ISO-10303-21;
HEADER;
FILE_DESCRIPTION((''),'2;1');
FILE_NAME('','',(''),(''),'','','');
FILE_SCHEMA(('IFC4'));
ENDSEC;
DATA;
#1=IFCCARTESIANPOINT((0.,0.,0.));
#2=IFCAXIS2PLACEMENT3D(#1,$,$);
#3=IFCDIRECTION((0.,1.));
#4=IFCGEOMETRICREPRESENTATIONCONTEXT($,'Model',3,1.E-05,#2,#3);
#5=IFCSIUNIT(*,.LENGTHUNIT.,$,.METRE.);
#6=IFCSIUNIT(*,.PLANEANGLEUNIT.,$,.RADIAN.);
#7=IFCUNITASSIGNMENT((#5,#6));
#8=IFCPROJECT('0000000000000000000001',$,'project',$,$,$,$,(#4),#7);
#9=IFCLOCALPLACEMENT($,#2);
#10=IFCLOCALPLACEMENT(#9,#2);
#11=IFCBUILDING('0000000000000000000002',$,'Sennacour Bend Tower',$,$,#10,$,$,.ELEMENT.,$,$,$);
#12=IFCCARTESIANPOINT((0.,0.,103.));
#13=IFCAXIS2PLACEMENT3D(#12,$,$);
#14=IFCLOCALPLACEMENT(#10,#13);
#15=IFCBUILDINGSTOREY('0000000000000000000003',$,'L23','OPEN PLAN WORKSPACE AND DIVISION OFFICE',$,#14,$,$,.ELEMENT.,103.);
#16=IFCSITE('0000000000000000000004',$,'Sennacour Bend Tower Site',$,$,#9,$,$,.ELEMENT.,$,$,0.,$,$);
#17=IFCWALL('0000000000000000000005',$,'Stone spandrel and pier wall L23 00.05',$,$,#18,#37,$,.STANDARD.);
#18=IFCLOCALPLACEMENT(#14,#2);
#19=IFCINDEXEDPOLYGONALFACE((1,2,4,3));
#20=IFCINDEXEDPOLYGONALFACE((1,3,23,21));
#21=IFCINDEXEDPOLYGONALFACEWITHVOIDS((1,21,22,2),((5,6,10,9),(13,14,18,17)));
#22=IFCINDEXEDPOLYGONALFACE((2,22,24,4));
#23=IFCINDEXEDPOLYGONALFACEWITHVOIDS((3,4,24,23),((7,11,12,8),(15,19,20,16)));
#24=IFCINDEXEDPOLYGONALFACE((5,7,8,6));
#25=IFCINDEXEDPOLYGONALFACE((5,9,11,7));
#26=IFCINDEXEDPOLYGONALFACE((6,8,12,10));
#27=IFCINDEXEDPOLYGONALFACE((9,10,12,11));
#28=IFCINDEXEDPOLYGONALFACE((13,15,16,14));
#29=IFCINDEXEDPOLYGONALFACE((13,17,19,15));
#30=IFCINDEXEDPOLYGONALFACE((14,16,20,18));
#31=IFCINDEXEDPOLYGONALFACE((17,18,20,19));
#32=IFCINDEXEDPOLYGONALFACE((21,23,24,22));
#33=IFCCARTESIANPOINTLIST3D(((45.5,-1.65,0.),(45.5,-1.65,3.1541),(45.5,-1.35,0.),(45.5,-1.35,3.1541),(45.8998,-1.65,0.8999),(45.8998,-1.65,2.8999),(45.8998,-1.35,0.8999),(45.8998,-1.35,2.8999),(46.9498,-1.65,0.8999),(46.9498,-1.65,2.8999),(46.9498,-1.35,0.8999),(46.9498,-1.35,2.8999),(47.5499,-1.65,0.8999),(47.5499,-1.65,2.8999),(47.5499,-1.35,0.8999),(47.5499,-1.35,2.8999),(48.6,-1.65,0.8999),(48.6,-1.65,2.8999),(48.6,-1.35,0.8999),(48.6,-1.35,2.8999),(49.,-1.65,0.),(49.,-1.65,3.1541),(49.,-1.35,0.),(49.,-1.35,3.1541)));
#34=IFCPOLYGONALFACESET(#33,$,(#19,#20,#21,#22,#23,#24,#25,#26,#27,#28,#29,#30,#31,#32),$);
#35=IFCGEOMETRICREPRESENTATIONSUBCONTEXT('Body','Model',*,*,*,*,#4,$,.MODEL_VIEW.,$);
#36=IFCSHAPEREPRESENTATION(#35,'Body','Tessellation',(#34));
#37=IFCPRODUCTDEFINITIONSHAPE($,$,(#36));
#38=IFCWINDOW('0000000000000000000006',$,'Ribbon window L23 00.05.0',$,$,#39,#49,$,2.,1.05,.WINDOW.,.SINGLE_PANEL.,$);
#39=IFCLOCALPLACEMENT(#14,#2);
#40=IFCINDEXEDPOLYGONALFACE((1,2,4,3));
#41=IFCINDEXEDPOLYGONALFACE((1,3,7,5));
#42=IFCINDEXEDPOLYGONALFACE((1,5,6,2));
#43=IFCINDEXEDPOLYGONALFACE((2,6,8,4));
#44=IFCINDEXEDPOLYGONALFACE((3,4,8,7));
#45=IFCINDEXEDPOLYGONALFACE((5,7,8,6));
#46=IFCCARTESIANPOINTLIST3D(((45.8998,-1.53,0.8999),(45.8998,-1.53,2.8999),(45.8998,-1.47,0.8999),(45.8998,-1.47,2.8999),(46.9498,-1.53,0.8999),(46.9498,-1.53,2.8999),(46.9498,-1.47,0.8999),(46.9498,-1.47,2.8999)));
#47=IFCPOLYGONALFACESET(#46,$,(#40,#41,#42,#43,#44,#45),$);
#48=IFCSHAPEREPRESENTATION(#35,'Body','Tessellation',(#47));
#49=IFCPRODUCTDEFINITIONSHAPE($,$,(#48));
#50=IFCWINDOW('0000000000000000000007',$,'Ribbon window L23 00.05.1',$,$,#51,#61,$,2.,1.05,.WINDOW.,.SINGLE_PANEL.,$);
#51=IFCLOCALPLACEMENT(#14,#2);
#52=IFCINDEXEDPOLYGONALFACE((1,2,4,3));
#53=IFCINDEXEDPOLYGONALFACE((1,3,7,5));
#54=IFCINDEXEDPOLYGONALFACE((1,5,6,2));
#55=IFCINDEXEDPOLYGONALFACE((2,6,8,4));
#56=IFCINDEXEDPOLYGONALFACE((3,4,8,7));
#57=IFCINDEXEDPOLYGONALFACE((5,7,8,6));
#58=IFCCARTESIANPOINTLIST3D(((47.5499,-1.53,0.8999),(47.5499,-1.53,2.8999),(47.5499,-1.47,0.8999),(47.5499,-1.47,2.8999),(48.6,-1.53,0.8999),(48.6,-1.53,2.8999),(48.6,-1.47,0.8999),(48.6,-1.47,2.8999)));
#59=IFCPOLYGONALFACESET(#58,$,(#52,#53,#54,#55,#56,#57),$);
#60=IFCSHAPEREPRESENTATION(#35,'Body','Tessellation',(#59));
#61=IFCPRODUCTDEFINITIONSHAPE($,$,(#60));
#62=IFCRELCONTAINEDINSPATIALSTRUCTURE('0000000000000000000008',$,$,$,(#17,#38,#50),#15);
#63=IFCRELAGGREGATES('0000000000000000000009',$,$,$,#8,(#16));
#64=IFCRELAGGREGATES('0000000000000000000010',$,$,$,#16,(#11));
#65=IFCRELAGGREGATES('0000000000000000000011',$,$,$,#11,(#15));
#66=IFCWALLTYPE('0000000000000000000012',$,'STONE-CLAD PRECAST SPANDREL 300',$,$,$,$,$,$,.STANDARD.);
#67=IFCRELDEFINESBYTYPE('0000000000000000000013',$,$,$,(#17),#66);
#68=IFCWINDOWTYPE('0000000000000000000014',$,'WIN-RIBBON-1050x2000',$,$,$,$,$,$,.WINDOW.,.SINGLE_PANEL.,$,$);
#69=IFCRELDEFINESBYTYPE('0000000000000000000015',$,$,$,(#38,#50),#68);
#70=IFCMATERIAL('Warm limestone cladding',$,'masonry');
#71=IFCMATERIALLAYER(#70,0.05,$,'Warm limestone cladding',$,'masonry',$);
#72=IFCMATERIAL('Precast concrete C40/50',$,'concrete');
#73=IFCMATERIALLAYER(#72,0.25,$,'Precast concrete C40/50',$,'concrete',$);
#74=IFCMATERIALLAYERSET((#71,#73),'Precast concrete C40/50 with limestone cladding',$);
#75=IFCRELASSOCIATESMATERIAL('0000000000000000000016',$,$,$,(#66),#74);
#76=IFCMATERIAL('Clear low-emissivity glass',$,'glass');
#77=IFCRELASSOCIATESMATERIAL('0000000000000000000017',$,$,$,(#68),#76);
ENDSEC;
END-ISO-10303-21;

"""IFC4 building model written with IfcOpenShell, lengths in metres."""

from ifc_helpers import new_model, si_unit, direction, frame, frame_2d, origin, place, context, subcontext, project, spatial, rectangle, extrude, material, layer, layer_set, type_object, element, fill, save


model = new_model("IFC4")

# Units and contexts
model_context = context("Model", 3, precision=1e-05, world=origin(), true_north=direction((0.0, 1.0)))
body_context = subcontext(model_context, "Body", "Model", "MODEL_VIEW")
ifc_project = project(units=[si_unit("LENGTHUNIT", "METRE"), si_unit("PLANEANGLEUNIT", "RADIAN")], contexts=[model_context])

# Site, building, storey
site_placement = place(None, origin())
site = spatial("IfcSite", under=ifc_project, at=site_placement, Name="Sennacour Bend Tower Site", CompositionType="ELEMENT", RefElevation=0.0)
building_placement = place(site_placement, origin())
building = spatial("IfcBuilding", under=site, at=building_placement, Name="Sennacour Bend Tower", CompositionType="ELEMENT")
storey_placement = place(building_placement, frame((0.0, 0.0, 103.0)))
storey = spatial("IfcBuildingStorey", under=building, at=storey_placement, Name="L23", Description="OPEN PLAN WORKSPACE AND DIVISION OFFICE", CompositionType="ELEMENT", Elevation=103.0)

# Wall, openings, windows
ifc_material_1 = material(Name="Warm limestone cladding", Category="masonry")
ifc_layer_1 = layer(ifc_material_1, 0.05, Name="Warm limestone cladding", Category="masonry")
ifc_material_2 = material(Name="Precast concrete C40/50", Category="concrete")
ifc_layer_2 = layer(ifc_material_2, 0.25, Name="Precast concrete C40/50", Category="concrete")
ifc_layer_set_1 = layer_set([ifc_layer_1, ifc_layer_2], Name="Precast concrete C40/50 with limestone cladding")
wall_type_1 = type_object("IfcWallType", Name="STONE-CLAD PRECAST SPANDREL 300", PredefinedType="STANDARD", material=ifc_layer_set_1)
wall_1_placement = place(storey_placement, frame((45.5, -1.5, 0.0), z_axis=(0.0, 0.0, 1.0), x_axis=(1.0, 0.0, 0.0)))
wall_1 = element("IfcWall", 1, at=wall_1_placement, inside=storey, type_object=wall_type_1, Name="Stone spandrel and pier wall L23 00.05", PredefinedType="STANDARD", context=body_context, shape_type="SweptSolid", body=[
    extrude(rectangle(XDim=3.5, YDim=0.3, at=frame_2d((1.75, 0.0))), origin(), (0.0, 0.0, 1.0), 3.1541),
])
opening_1_placement = place(wall_1_placement, frame((0.3999, 0.0, 0.8999)))
opening_1 = element("IfcOpeningElement", 2, at=opening_1_placement, cuts=wall_1, PredefinedType="OPENING", context=body_context, shape_type="SweptSolid", body=[
    extrude(rectangle(XDim=1.05, YDim=2.0, at=frame_2d((0.5249, 1.0))), frame((0.0, 0.1602, 0.0), z_axis=(0.0, -1.0, 0.0), x_axis=(1.0, 0.0, 0.0)), (0.0, 0.0, 1.0), 0.3201),
])
opening_2_placement = place(wall_1_placement, frame((2.05, 0.0, 0.8999)))
opening_2 = element("IfcOpeningElement", 3, at=opening_2_placement, cuts=wall_1, PredefinedType="OPENING", context=body_context, shape_type="SweptSolid", body=[
    extrude(rectangle(XDim=1.05, YDim=2.0, at=frame_2d((0.5249, 1.0))), frame((0.0, 0.1602, 0.0), z_axis=(0.0, -1.0, 0.0), x_axis=(1.0, 0.0, 0.0)), (0.0, 0.0, 1.0), 0.3201),
])
ifc_material_3 = material(Name="Clear low-emissivity glass", Category="glass")
window_type = type_object("IfcWindowType", Name="WIN-RIBBON-1050x2000", PartitioningType="SINGLE_PANEL", PredefinedType="WINDOW", material=ifc_material_3)
window_1_placement = place(opening_1_placement, origin())
window_1 = element("IfcWindow", 4, at=window_1_placement, inside=storey, type_object=window_type, Name="Ribbon window L23 00.05.0", OverallHeight=2.0, OverallWidth=1.05, PartitioningType="SINGLE_PANEL", PredefinedType="WINDOW", context=body_context, shape_type="SweptSolid", body=[
    extrude(rectangle(XDim=1.05, YDim=2.0, at=frame_2d((0.5249, 1.0))), frame((0.0, 0.03, 0.0), z_axis=(0.0, -1.0, 0.0), x_axis=(1.0, 0.0, 0.0)), (0.0, 0.0, 1.0), 0.0601),
])
fill(opening_1, window_1)
window_2_placement = place(opening_2_placement, origin())
window_2 = element("IfcWindow", 5, at=window_2_placement, inside=storey, type_object=window_type, Name="Ribbon window L23 00.05.1", OverallHeight=2.0, OverallWidth=1.05, PartitioningType="SINGLE_PANEL", PredefinedType="WINDOW", context=body_context, shape_type="SweptSolid", body=[
    extrude(rectangle(XDim=1.05, YDim=2.0, at=frame_2d((0.5249, 1.0))), frame((0.0, 0.03, 0.0), z_axis=(0.0, -1.0, 0.0), x_axis=(1.0, 0.0, 0.0)), (0.0, 0.0, 1.0), 0.0601),
])
fill(opening_2, window_2)

save(model, "model.ifc")
